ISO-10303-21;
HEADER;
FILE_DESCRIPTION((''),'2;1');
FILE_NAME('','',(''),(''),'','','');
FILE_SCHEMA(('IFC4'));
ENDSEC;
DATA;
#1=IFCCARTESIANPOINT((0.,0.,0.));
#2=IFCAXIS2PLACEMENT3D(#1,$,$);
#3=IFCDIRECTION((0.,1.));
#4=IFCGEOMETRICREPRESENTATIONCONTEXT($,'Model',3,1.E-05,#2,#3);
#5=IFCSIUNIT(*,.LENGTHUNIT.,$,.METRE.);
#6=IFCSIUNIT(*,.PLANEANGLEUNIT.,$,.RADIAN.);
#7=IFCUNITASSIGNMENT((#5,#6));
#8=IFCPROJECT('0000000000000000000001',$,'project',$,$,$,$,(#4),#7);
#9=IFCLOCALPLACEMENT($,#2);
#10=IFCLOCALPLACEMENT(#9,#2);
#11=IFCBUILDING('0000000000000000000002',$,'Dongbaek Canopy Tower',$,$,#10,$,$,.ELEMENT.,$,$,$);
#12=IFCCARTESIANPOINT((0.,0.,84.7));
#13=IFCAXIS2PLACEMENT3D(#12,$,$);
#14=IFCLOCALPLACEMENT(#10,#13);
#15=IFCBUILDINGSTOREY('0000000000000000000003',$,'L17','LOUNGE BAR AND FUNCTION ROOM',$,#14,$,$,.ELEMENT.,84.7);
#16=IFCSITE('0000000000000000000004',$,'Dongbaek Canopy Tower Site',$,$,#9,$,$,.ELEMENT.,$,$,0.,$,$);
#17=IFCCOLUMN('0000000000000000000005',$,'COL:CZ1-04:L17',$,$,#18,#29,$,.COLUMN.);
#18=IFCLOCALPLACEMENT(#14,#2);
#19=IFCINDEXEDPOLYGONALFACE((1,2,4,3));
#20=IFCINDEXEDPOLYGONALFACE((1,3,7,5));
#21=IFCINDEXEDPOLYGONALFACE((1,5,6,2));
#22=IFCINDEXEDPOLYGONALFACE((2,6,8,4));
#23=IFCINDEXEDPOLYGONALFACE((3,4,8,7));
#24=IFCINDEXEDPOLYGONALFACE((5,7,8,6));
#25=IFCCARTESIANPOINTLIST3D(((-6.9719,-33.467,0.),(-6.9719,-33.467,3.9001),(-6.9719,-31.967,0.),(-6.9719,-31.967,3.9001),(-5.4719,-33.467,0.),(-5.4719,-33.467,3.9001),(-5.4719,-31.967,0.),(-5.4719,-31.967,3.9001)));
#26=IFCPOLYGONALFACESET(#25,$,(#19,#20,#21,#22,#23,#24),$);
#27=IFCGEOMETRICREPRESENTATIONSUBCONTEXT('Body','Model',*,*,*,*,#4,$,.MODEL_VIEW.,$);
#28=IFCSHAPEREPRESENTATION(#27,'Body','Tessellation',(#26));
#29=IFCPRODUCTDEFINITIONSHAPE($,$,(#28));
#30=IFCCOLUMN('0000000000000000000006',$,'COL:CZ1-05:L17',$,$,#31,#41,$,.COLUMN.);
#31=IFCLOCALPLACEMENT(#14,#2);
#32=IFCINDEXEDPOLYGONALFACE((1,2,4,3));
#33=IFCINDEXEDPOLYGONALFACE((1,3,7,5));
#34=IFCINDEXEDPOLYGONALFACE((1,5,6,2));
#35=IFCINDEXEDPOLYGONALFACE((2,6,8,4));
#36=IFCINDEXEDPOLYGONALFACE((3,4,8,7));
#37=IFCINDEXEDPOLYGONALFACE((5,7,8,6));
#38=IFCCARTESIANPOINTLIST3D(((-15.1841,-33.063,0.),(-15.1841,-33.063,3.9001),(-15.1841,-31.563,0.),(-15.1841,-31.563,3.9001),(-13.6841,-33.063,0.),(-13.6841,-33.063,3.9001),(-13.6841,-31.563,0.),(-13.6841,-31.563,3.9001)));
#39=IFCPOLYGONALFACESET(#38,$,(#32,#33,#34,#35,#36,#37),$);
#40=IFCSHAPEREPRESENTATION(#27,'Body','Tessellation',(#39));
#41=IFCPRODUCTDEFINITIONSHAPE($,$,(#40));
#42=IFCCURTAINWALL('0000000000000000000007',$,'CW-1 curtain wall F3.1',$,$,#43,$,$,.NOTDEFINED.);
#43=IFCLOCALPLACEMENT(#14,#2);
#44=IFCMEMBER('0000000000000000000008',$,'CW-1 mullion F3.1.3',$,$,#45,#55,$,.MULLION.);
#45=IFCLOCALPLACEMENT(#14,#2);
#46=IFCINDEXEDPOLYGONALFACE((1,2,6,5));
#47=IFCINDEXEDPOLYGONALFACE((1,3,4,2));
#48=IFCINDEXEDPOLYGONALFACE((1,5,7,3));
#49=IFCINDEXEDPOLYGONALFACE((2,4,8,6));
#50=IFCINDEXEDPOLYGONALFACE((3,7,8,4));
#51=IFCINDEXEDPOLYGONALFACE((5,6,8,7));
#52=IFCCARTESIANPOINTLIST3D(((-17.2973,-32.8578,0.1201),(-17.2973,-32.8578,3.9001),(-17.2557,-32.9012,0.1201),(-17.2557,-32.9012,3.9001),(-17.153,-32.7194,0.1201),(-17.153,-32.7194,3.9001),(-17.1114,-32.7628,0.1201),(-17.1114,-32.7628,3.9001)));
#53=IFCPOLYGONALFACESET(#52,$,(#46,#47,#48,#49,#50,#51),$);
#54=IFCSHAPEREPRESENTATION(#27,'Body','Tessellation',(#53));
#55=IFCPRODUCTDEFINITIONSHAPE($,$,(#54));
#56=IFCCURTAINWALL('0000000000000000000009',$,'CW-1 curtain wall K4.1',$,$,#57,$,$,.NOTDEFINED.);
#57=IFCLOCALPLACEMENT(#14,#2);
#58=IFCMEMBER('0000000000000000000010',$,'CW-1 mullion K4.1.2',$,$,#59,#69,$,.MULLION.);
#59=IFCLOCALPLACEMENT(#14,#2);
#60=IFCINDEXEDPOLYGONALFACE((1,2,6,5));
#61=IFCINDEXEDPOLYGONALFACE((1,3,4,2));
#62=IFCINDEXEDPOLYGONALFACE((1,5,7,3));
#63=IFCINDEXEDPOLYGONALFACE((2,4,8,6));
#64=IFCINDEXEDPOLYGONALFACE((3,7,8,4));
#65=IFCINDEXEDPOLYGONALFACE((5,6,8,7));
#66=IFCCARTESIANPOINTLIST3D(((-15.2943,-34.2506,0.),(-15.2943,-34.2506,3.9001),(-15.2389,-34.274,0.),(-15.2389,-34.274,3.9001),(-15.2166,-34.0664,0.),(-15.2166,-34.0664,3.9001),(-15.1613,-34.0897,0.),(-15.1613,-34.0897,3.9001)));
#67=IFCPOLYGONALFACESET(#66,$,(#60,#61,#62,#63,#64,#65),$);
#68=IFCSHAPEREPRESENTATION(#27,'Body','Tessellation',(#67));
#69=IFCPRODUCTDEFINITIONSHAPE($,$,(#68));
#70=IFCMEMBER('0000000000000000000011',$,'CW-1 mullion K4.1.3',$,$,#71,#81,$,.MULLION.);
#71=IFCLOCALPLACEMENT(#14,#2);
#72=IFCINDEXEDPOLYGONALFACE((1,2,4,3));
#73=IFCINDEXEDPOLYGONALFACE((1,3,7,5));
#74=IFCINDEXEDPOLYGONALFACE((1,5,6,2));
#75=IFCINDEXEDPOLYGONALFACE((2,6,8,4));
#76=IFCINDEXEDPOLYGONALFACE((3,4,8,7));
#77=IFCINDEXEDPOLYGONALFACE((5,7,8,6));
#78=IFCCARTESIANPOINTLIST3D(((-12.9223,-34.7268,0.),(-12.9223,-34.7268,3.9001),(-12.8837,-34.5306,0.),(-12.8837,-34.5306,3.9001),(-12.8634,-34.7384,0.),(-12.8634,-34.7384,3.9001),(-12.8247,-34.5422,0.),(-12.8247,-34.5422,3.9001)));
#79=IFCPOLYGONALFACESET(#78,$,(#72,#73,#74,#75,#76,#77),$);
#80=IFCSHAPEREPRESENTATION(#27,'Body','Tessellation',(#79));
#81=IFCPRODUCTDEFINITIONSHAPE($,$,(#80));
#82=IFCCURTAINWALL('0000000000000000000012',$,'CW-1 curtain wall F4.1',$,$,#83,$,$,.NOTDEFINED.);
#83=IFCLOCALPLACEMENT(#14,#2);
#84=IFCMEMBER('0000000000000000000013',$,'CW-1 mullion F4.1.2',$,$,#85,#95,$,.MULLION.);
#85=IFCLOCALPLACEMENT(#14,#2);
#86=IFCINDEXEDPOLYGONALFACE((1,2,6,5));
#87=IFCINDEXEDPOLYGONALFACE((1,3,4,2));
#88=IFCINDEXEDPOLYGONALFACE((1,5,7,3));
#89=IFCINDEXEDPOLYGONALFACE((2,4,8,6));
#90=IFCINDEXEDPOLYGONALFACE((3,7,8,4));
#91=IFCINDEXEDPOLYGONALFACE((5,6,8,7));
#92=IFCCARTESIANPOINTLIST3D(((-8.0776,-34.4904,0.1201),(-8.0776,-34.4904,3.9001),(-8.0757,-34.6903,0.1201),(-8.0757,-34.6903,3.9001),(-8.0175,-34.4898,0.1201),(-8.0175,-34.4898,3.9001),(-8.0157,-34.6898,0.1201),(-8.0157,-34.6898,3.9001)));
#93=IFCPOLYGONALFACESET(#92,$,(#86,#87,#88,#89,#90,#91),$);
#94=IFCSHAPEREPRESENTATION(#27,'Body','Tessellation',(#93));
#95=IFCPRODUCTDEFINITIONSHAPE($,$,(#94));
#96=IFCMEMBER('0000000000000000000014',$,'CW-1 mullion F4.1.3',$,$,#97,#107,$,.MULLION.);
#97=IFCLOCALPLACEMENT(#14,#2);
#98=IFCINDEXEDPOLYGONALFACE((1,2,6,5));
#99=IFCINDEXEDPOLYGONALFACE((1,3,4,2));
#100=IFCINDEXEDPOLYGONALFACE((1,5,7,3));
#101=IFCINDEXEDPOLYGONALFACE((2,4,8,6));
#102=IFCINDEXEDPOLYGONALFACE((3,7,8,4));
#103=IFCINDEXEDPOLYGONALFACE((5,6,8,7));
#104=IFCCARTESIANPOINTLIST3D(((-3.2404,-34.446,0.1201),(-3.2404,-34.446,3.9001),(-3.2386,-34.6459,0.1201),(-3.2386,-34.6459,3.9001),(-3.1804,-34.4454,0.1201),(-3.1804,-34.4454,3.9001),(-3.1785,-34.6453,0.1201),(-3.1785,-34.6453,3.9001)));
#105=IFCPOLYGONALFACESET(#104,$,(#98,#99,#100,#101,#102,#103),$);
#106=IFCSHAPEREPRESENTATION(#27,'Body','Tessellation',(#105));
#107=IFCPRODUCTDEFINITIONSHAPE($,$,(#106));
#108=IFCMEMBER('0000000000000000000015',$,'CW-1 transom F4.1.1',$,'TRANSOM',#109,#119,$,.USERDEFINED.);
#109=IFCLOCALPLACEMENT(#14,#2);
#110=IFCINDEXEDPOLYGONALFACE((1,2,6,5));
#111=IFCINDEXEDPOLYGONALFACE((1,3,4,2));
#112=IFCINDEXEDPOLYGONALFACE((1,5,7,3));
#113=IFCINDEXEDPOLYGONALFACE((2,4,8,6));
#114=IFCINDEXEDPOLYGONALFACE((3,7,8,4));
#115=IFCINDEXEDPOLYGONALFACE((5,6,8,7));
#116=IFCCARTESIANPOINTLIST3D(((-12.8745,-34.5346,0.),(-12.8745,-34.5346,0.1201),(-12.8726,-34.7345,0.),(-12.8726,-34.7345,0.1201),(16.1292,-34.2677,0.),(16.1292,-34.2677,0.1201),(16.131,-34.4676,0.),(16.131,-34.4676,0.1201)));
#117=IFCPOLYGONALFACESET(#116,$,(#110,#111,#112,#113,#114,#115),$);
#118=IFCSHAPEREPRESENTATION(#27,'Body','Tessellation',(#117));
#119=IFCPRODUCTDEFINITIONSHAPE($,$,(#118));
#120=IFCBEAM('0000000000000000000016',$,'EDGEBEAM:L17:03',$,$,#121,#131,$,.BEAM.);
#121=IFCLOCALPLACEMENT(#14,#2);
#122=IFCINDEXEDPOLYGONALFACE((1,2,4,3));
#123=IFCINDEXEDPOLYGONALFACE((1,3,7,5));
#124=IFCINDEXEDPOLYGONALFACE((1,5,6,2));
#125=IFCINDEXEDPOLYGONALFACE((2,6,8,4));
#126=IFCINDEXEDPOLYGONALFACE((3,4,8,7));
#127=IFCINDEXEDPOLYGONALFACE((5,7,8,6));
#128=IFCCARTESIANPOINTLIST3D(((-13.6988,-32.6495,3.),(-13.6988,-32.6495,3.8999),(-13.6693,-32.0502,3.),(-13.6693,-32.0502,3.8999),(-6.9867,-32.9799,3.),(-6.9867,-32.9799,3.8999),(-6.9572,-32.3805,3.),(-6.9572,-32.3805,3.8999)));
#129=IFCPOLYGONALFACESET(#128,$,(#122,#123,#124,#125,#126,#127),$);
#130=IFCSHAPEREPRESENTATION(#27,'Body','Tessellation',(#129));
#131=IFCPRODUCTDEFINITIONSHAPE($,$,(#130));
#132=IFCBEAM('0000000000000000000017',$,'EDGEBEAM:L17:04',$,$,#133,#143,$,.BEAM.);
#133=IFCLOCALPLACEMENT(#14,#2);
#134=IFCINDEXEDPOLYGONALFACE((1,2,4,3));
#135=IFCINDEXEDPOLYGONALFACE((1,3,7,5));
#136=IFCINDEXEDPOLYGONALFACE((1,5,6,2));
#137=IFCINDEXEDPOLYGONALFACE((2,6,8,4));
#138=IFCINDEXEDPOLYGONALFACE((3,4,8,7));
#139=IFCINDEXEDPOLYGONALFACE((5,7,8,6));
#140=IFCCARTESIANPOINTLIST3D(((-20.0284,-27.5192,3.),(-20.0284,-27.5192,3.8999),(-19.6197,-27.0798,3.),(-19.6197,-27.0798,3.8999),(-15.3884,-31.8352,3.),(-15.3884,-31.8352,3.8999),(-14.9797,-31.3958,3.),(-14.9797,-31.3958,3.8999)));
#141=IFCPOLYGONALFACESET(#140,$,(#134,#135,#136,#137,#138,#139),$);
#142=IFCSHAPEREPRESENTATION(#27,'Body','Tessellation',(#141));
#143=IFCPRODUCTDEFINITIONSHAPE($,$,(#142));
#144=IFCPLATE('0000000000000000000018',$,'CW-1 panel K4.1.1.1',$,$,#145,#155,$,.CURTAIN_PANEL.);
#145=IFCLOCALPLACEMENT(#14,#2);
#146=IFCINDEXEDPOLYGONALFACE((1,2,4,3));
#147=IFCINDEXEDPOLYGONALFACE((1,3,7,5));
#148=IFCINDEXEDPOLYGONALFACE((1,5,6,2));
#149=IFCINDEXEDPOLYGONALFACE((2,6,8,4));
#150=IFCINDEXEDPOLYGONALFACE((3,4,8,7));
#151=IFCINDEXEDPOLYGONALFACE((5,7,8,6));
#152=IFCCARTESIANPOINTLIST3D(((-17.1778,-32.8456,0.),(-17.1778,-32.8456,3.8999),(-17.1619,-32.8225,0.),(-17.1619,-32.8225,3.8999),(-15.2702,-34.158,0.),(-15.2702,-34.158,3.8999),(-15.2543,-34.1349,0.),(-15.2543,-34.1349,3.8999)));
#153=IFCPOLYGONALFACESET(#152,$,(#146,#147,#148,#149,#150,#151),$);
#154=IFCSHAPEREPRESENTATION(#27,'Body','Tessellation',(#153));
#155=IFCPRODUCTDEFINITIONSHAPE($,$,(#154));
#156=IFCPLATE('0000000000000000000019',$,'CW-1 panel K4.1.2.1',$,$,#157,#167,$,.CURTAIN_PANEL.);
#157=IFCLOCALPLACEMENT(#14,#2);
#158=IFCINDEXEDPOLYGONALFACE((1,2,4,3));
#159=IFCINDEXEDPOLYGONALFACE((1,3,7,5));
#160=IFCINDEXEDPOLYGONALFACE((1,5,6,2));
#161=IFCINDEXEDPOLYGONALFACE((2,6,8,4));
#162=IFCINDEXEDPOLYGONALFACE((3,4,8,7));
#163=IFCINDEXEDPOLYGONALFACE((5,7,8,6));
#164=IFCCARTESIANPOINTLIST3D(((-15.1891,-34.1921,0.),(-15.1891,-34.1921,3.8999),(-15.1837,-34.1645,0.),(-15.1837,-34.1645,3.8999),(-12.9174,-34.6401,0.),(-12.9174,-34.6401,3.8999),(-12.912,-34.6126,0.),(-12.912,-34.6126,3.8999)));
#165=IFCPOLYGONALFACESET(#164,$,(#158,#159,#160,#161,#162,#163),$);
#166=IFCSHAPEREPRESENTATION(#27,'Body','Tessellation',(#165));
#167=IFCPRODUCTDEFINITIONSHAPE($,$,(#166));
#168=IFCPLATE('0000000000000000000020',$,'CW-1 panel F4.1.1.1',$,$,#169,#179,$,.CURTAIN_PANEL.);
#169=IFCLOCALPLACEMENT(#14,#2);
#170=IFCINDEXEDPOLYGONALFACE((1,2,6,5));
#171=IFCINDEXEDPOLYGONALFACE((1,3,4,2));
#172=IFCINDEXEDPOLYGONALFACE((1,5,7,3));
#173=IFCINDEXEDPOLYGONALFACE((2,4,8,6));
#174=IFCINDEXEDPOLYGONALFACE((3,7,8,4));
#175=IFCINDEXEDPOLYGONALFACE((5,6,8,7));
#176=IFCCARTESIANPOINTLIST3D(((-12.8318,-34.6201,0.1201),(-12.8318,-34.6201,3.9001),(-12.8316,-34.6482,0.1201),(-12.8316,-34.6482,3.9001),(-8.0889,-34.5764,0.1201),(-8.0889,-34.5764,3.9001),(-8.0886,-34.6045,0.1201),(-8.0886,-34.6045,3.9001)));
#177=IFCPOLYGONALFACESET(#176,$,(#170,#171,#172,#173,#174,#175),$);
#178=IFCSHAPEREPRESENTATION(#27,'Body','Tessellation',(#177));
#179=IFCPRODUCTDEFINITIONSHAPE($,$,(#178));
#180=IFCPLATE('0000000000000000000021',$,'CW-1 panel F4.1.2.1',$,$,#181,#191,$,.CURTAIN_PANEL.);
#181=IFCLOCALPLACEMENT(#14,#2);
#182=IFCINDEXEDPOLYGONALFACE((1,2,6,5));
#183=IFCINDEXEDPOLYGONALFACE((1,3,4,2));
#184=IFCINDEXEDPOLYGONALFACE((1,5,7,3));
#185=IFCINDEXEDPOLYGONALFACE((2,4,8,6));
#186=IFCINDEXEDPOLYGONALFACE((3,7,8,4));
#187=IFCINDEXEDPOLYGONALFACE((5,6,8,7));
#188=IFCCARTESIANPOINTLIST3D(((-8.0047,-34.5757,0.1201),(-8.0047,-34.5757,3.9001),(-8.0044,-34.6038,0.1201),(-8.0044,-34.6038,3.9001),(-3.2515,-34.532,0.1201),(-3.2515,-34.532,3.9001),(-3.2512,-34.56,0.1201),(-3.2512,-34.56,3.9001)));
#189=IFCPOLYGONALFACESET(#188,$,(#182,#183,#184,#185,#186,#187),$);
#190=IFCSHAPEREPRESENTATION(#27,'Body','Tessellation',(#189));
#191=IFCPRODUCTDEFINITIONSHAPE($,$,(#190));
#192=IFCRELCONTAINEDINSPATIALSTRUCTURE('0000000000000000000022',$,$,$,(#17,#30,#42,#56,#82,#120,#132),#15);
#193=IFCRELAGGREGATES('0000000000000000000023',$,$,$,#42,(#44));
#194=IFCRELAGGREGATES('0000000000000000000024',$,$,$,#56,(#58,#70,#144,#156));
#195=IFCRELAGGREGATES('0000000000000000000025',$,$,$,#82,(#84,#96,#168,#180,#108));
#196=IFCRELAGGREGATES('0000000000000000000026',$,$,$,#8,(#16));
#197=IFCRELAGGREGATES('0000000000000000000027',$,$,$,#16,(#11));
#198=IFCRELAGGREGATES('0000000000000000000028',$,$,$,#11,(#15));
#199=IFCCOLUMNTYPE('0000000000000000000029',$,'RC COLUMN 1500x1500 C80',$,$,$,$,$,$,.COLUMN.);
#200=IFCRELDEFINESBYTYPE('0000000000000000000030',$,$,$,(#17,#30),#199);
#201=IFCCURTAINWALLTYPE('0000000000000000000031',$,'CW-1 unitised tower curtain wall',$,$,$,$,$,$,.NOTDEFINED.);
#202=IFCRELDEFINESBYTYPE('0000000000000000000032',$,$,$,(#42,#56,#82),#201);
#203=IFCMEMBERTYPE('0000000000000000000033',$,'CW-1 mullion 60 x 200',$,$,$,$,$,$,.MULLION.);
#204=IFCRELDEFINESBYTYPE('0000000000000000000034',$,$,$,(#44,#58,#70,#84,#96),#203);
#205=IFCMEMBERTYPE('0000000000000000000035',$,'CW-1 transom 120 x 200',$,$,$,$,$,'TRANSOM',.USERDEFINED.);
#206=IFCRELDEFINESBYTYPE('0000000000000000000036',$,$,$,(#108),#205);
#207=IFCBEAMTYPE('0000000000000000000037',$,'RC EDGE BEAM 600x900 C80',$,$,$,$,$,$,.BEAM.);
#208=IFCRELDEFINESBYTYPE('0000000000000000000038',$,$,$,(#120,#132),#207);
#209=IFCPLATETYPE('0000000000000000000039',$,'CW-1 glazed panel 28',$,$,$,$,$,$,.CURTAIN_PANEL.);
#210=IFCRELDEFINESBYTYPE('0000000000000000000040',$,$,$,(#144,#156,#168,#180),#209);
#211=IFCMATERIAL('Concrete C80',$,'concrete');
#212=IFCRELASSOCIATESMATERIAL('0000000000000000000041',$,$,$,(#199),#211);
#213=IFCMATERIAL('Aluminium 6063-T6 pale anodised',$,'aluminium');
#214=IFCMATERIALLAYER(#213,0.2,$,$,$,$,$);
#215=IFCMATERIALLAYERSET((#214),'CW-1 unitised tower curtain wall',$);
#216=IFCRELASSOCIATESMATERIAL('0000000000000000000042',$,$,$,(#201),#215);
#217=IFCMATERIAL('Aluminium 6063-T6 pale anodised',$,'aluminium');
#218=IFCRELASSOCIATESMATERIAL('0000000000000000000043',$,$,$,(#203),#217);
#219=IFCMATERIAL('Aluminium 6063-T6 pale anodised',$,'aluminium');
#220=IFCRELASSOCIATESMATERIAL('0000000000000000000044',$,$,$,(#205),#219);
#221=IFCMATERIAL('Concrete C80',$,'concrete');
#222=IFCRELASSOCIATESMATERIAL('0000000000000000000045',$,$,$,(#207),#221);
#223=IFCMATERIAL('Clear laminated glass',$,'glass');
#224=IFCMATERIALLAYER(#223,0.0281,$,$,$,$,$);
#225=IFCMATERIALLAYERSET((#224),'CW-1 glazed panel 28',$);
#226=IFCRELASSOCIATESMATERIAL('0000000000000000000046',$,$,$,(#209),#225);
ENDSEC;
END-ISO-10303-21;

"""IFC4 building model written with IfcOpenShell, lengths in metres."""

from ifc_helpers import new_model, si_unit, direction, frame, origin, origin_2d, place, context, subcontext, project, spatial, rectangle, extrude, material, layer, layer_set, material_profile, profile_set, type_object, element, aggregate, save


model = new_model("IFC4")

# Units and contexts
model_context = context("Model", 3, precision=1e-05, world=origin(), true_north=direction((0.0, 1.0)))
body_context = subcontext(model_context, "Body", "Model", "MODEL_VIEW")
ifc_project = project(units=[si_unit("LENGTHUNIT", "METRE"), si_unit("PLANEANGLEUNIT", "RADIAN")], contexts=[model_context])

# Site, building, storey
site_placement = place(None, origin())
site = spatial("IfcSite", under=ifc_project, at=site_placement, Name="Dongbaek Canopy Tower Site", CompositionType="ELEMENT", RefElevation=0.0)
building_placement = place(site_placement, origin())
building = spatial("IfcBuilding", under=site, at=building_placement, Name="Dongbaek Canopy Tower", CompositionType="ELEMENT")
storey_placement = place(building_placement, frame((0.0, 0.0, 84.7)))
storey = spatial("IfcBuildingStorey", under=building, at=storey_placement, Name="L17", Description="LOUNGE BAR AND FUNCTION ROOM", CompositionType="ELEMENT", Elevation=84.7)

# Columns
ifc_material_1 = material(Name="Concrete C80", Category="concrete")
ifc_material_profile_1 = material_profile(ifc_material_1, rectangle(XDim=1.5, YDim=1.5, at=origin_2d()), Name="RC COLUMN 1500x1500 C80")
ifc_profile_set_1 = profile_set([ifc_material_profile_1], Name="Concrete C80")
column_type = type_object("IfcColumnType", Name="RC COLUMN 1500x1500 C80", PredefinedType="COLUMN", material=ifc_profile_set_1)
for number, where, z_axis, x_axis, name in (
    (1, (-6.2219, -32.717, 0.0), (0.0, 0.0, 1.0), (1.0, 0.0, 0.0), "COL:CZ1-04:L17"),
    (2, (-14.4341, -32.313, 0.0), (0.0, 0.0, 1.0), (1.0, 0.0, 0.0), "COL:CZ1-05:L17"),
):
    element("IfcColumn", number, at=place(storey_placement, frame(where, z_axis=z_axis, x_axis=x_axis)), inside=storey, type_object=column_type, Name=name, PredefinedType="COLUMN", context=body_context, shape_type="SweptSolid", body=[
        extrude(rectangle(XDim=1.5, YDim=1.5, at=origin_2d()), origin(), (0.0, 0.0, 1.0), 3.9001),
    ])

# Curtain wall, member
ifc_material_2 = material(Name="Aluminium 6063-T6 pale anodised", Category="aluminium")
ifc_layer_1 = layer(ifc_material_2, 0.2)
ifc_layer_set_1 = layer_set([ifc_layer_1], Name="CW-1 unitised tower curtain wall")
curtain_wall_type = type_object("IfcCurtainWallType", Name="CW-1 unitised tower curtain wall", PredefinedType="NOTDEFINED", material=ifc_layer_set_1)
curtain_wall_1_placement = place(storey_placement, origin())
curtain_wall_1 = element("IfcCurtainWall", 3, at=curtain_wall_1_placement, inside=storey, type_object=curtain_wall_type, Name="CW-1 curtain wall F3.1", PredefinedType="NOTDEFINED")
ifc_material_3 = material(Name="Aluminium 6063-T6 pale anodised", Category="aluminium")
ifc_material_profile_2 = material_profile(ifc_material_3, rectangle(XDim=0.2, YDim=0.0601, at=origin_2d()), Name="CW-1 mullion 60 x 200")
ifc_profile_set_2 = profile_set([ifc_material_profile_2], Name="Aluminium 6063-T6 pale anodised")
member_type_1 = type_object("IfcMemberType", Name="CW-1 mullion 60 x 200", PredefinedType="MULLION", material=ifc_profile_set_2)
member_1_placement = place(storey_placement, frame((-17.2043, -32.8103, 0.1201), z_axis=(0.0, 0.0, 1.0), x_axis=(-0.721911, -0.691986, 0.0)))
member_1 = element("IfcMember", 4, at=member_1_placement, type_object=member_type_1, Name="CW-1 mullion F3.1.3", PredefinedType="MULLION", context=body_context, shape_type="SweptSolid", body=[
    extrude(rectangle(XDim=0.2, YDim=0.0601, at=origin_2d()), origin(), (0.0, 0.0, 1.0), 3.78),
])

# Curtain walls, members
curtain_wall_2_placement = place(storey_placement, origin())
curtain_wall_2 = element("IfcCurtainWall", 5, at=curtain_wall_2_placement, inside=storey, type_object=curtain_wall_type, Name="CW-1 curtain wall K4.1", PredefinedType="NOTDEFINED")
member_2_placement = place(storey_placement, frame((-15.2278, -34.1702, 0.0), z_axis=(0.0, 0.0, 1.0), x_axis=(-0.388202, -0.921574, 0.0)))
member_2 = element("IfcMember", 6, at=member_2_placement, type_object=member_type_1, Name="CW-1 mullion K4.1.2", PredefinedType="MULLION", context=body_context, shape_type="SweptSolid", body=[
    extrude(rectangle(XDim=0.2, YDim=0.0601, at=origin_2d()), origin(), (0.0, 0.0, 1.0), 3.9001),
])
member_3_placement = place(storey_placement, frame((-12.8735, -34.6345, 0.0), z_axis=(0.0, 0.0, 1.0), x_axis=(-0.193511, -0.981098, 0.0)))
member_3 = element("IfcMember", 7, at=member_3_placement, type_object=member_type_1, Name="CW-1 mullion K4.1.3", PredefinedType="MULLION", context=body_context, shape_type="SweptSolid", body=[
    extrude(rectangle(XDim=0.2, YDim=0.0601, at=origin_2d()), origin(), (0.0, 0.0, 1.0), 3.9001),
])
curtain_wall_3_placement = place(storey_placement, origin())
curtain_wall_3 = element("IfcCurtainWall", 8, at=curtain_wall_3_placement, inside=storey, type_object=curtain_wall_type, Name="CW-1 curtain wall F4.1", PredefinedType="NOTDEFINED")
member_4_placement = place(storey_placement, frame((-8.0466, -34.5901, 0.1201), z_axis=(0.0, 0.0, 1.0), x_axis=(0.009201, -0.999958, 0.0)))
member_4 = element("IfcMember", 9, at=member_4_placement, type_object=member_type_1, Name="CW-1 mullion F4.1.2", PredefinedType="MULLION", context=body_context, shape_type="SweptSolid", body=[
    extrude(rectangle(XDim=0.2, YDim=0.0601, at=origin_2d()), origin(), (0.0, 0.0, 1.0), 3.78),
])
member_5_placement = place(storey_placement, frame((-3.2095, -34.5457, 0.1201), z_axis=(0.0, 0.0, 1.0), x_axis=(0.009201, -0.999958, 0.0)))
member_5 = element("IfcMember", 10, at=member_5_placement, type_object=member_type_1, Name="CW-1 mullion F4.1.3", PredefinedType="MULLION", context=body_context, shape_type="SweptSolid", body=[
    extrude(rectangle(XDim=0.2, YDim=0.0601, at=origin_2d()), origin(), (0.0, 0.0, 1.0), 3.78),
])
ifc_material_4 = material(Name="Aluminium 6063-T6 pale anodised", Category="aluminium")
ifc_material_profile_3 = material_profile(ifc_material_4, rectangle(XDim=0.2, YDim=0.1201, at=origin_2d()), Name="CW-1 transom 120 x 200")
ifc_profile_set_3 = profile_set([ifc_material_profile_3], Name="Aluminium 6063-T6 pale anodised")
member_type_2 = type_object("IfcMemberType", Name="CW-1 transom 120 x 200", ElementType="TRANSOM", PredefinedType="USERDEFINED", material=ifc_profile_set_3)
member_6_placement = place(storey_placement, frame((-12.8735, -34.6345, 0.0601), z_axis=(0.999958, 0.0092, 0.0), x_axis=(-0.0092, 0.999958, 0.0)))
member_6 = element("IfcMember", 11, at=member_6_placement, type_object=member_type_2, Name="CW-1 transom F4.1.1", ObjectType="TRANSOM", PredefinedType="USERDEFINED", context=body_context, shape_type="SweptSolid", body=[
    extrude(rectangle(XDim=0.2, YDim=0.1201, at=origin_2d()), origin(), (0.0, 0.0, 1.0), 29.0049),
])

# Beams
ifc_material_5 = material(Name="Concrete C80", Category="concrete")
ifc_material_profile_4 = material_profile(ifc_material_5, rectangle(XDim=0.6001, YDim=0.8999, at=origin_2d()), Name="RC EDGE BEAM 600x900 C80")
ifc_profile_set_4 = profile_set([ifc_material_profile_4], Name="Concrete C80")
beam_type = type_object("IfcBeamType", Name="RC EDGE BEAM 600x900 C80", PredefinedType="BEAM", material=ifc_profile_set_4)
beam_1_placement = place(storey_placement, frame((-6.9719, -32.6802, 3.45), z_axis=(-0.998791, 0.049153, 0.0), x_axis=(-0.049153, -0.998791, 0.0)))
element("IfcBeam", 12, at=beam_1_placement, inside=storey, type_object=beam_type, Name="EDGEBEAM:L17:03", PredefinedType="BEAM", context=body_context, shape_type="SweptSolid", body=[
    extrude(rectangle(XDim=0.6001, YDim=0.8999, at=origin_2d()), origin(), (0.0, 0.0, 1.0), 6.7202),
])
beam_2_placement = place(storey_placement, frame((-15.1841, -31.6155, 3.45), z_axis=(-0.732207, 0.681082, 0.0), x_axis=(-0.681082, -0.732207, 0.0)))
element("IfcBeam", 13, at=beam_2_placement, inside=storey, type_object=beam_type, Name="EDGEBEAM:L17:04", PredefinedType="BEAM", context=body_context, shape_type="SweptSolid", body=[
    extrude(rectangle(XDim=0.6001, YDim=0.8999, at=origin_2d()), origin(), (0.0, 0.0, 1.0), 6.3369),
])

# Plates
ifc_material_6 = material(Name="Clear laminated glass", Category="glass")
ifc_layer_2 = layer(ifc_material_6, 0.0281)
ifc_layer_set_2 = layer_set([ifc_layer_2], Name="CW-1 glazed panel 28")
plate_type = type_object("IfcPlateType", Name="CW-1 glazed panel 28", PredefinedType="CURTAIN_PANEL", material=ifc_layer_set_2)
plate_1_placement = place(storey_placement, frame((-16.2161, -33.4902, 0.0), z_axis=(0.0, 0.0, 1.0), x_axis=(0.823854, -0.566802, 0.0)))
plate_1 = element("IfcPlate", 14, at=plate_1_placement, type_object=plate_type, Name="CW-1 panel K4.1.1.1", PredefinedType="CURTAIN_PANEL", context=body_context, shape_type="SweptSolid", body=[
    extrude(rectangle(XDim=2.3154, YDim=0.0281, at=origin_2d()), origin(), (0.0, 0.0, 1.0), 3.8999),
])
plate_2_placement = place(storey_placement, frame((-14.0505, -34.4023, 0.0), z_axis=(0.0, 0.0, 1.0), x_axis=(0.981098, -0.193511, 0.0)))
plate_2 = element("IfcPlate", 15, at=plate_2_placement, type_object=plate_type, Name="CW-1 panel K4.1.2.1", PredefinedType="CURTAIN_PANEL", context=body_context, shape_type="SweptSolid", body=[
    extrude(rectangle(XDim=2.3154, YDim=0.0281, at=origin_2d()), origin(), (0.0, 0.0, 1.0), 3.8999),
])
plate_3_placement = place(storey_placement, frame((-10.4602, -34.6123, 0.1201), z_axis=(0.0, 0.0, 1.0), x_axis=(0.999958, 0.009201, 0.0)))
plate_3 = element("IfcPlate", 16, at=plate_3_placement, type_object=plate_type, Name="CW-1 panel F4.1.1.1", PredefinedType="CURTAIN_PANEL", context=body_context, shape_type="SweptSolid", body=[
    extrude(rectangle(XDim=4.7432, YDim=0.0281, at=origin_2d()), origin(), (0.0, 0.0, 1.0), 3.78),
])
plate_4_placement = place(storey_placement, frame((-5.6279, -34.5679, 0.1201), z_axis=(0.0, 0.0, 1.0), x_axis=(0.999958, 0.009201, 0.0)))
plate_4 = element("IfcPlate", 17, at=plate_4_placement, type_object=plate_type, Name="CW-1 panel F4.1.2.1", PredefinedType="CURTAIN_PANEL", context=body_context, shape_type="SweptSolid", body=[
    extrude(rectangle(XDim=4.7534, YDim=0.0281, at=origin_2d()), origin(), (0.0, 0.0, 1.0), 3.78),
])

aggregate(curtain_wall_1, [member_1])
aggregate(curtain_wall_2, [member_2, member_3, plate_1, plate_2])
aggregate(curtain_wall_3, [member_4, member_5, plate_3, plate_4, member_6])

save(model, "model.ifc")
